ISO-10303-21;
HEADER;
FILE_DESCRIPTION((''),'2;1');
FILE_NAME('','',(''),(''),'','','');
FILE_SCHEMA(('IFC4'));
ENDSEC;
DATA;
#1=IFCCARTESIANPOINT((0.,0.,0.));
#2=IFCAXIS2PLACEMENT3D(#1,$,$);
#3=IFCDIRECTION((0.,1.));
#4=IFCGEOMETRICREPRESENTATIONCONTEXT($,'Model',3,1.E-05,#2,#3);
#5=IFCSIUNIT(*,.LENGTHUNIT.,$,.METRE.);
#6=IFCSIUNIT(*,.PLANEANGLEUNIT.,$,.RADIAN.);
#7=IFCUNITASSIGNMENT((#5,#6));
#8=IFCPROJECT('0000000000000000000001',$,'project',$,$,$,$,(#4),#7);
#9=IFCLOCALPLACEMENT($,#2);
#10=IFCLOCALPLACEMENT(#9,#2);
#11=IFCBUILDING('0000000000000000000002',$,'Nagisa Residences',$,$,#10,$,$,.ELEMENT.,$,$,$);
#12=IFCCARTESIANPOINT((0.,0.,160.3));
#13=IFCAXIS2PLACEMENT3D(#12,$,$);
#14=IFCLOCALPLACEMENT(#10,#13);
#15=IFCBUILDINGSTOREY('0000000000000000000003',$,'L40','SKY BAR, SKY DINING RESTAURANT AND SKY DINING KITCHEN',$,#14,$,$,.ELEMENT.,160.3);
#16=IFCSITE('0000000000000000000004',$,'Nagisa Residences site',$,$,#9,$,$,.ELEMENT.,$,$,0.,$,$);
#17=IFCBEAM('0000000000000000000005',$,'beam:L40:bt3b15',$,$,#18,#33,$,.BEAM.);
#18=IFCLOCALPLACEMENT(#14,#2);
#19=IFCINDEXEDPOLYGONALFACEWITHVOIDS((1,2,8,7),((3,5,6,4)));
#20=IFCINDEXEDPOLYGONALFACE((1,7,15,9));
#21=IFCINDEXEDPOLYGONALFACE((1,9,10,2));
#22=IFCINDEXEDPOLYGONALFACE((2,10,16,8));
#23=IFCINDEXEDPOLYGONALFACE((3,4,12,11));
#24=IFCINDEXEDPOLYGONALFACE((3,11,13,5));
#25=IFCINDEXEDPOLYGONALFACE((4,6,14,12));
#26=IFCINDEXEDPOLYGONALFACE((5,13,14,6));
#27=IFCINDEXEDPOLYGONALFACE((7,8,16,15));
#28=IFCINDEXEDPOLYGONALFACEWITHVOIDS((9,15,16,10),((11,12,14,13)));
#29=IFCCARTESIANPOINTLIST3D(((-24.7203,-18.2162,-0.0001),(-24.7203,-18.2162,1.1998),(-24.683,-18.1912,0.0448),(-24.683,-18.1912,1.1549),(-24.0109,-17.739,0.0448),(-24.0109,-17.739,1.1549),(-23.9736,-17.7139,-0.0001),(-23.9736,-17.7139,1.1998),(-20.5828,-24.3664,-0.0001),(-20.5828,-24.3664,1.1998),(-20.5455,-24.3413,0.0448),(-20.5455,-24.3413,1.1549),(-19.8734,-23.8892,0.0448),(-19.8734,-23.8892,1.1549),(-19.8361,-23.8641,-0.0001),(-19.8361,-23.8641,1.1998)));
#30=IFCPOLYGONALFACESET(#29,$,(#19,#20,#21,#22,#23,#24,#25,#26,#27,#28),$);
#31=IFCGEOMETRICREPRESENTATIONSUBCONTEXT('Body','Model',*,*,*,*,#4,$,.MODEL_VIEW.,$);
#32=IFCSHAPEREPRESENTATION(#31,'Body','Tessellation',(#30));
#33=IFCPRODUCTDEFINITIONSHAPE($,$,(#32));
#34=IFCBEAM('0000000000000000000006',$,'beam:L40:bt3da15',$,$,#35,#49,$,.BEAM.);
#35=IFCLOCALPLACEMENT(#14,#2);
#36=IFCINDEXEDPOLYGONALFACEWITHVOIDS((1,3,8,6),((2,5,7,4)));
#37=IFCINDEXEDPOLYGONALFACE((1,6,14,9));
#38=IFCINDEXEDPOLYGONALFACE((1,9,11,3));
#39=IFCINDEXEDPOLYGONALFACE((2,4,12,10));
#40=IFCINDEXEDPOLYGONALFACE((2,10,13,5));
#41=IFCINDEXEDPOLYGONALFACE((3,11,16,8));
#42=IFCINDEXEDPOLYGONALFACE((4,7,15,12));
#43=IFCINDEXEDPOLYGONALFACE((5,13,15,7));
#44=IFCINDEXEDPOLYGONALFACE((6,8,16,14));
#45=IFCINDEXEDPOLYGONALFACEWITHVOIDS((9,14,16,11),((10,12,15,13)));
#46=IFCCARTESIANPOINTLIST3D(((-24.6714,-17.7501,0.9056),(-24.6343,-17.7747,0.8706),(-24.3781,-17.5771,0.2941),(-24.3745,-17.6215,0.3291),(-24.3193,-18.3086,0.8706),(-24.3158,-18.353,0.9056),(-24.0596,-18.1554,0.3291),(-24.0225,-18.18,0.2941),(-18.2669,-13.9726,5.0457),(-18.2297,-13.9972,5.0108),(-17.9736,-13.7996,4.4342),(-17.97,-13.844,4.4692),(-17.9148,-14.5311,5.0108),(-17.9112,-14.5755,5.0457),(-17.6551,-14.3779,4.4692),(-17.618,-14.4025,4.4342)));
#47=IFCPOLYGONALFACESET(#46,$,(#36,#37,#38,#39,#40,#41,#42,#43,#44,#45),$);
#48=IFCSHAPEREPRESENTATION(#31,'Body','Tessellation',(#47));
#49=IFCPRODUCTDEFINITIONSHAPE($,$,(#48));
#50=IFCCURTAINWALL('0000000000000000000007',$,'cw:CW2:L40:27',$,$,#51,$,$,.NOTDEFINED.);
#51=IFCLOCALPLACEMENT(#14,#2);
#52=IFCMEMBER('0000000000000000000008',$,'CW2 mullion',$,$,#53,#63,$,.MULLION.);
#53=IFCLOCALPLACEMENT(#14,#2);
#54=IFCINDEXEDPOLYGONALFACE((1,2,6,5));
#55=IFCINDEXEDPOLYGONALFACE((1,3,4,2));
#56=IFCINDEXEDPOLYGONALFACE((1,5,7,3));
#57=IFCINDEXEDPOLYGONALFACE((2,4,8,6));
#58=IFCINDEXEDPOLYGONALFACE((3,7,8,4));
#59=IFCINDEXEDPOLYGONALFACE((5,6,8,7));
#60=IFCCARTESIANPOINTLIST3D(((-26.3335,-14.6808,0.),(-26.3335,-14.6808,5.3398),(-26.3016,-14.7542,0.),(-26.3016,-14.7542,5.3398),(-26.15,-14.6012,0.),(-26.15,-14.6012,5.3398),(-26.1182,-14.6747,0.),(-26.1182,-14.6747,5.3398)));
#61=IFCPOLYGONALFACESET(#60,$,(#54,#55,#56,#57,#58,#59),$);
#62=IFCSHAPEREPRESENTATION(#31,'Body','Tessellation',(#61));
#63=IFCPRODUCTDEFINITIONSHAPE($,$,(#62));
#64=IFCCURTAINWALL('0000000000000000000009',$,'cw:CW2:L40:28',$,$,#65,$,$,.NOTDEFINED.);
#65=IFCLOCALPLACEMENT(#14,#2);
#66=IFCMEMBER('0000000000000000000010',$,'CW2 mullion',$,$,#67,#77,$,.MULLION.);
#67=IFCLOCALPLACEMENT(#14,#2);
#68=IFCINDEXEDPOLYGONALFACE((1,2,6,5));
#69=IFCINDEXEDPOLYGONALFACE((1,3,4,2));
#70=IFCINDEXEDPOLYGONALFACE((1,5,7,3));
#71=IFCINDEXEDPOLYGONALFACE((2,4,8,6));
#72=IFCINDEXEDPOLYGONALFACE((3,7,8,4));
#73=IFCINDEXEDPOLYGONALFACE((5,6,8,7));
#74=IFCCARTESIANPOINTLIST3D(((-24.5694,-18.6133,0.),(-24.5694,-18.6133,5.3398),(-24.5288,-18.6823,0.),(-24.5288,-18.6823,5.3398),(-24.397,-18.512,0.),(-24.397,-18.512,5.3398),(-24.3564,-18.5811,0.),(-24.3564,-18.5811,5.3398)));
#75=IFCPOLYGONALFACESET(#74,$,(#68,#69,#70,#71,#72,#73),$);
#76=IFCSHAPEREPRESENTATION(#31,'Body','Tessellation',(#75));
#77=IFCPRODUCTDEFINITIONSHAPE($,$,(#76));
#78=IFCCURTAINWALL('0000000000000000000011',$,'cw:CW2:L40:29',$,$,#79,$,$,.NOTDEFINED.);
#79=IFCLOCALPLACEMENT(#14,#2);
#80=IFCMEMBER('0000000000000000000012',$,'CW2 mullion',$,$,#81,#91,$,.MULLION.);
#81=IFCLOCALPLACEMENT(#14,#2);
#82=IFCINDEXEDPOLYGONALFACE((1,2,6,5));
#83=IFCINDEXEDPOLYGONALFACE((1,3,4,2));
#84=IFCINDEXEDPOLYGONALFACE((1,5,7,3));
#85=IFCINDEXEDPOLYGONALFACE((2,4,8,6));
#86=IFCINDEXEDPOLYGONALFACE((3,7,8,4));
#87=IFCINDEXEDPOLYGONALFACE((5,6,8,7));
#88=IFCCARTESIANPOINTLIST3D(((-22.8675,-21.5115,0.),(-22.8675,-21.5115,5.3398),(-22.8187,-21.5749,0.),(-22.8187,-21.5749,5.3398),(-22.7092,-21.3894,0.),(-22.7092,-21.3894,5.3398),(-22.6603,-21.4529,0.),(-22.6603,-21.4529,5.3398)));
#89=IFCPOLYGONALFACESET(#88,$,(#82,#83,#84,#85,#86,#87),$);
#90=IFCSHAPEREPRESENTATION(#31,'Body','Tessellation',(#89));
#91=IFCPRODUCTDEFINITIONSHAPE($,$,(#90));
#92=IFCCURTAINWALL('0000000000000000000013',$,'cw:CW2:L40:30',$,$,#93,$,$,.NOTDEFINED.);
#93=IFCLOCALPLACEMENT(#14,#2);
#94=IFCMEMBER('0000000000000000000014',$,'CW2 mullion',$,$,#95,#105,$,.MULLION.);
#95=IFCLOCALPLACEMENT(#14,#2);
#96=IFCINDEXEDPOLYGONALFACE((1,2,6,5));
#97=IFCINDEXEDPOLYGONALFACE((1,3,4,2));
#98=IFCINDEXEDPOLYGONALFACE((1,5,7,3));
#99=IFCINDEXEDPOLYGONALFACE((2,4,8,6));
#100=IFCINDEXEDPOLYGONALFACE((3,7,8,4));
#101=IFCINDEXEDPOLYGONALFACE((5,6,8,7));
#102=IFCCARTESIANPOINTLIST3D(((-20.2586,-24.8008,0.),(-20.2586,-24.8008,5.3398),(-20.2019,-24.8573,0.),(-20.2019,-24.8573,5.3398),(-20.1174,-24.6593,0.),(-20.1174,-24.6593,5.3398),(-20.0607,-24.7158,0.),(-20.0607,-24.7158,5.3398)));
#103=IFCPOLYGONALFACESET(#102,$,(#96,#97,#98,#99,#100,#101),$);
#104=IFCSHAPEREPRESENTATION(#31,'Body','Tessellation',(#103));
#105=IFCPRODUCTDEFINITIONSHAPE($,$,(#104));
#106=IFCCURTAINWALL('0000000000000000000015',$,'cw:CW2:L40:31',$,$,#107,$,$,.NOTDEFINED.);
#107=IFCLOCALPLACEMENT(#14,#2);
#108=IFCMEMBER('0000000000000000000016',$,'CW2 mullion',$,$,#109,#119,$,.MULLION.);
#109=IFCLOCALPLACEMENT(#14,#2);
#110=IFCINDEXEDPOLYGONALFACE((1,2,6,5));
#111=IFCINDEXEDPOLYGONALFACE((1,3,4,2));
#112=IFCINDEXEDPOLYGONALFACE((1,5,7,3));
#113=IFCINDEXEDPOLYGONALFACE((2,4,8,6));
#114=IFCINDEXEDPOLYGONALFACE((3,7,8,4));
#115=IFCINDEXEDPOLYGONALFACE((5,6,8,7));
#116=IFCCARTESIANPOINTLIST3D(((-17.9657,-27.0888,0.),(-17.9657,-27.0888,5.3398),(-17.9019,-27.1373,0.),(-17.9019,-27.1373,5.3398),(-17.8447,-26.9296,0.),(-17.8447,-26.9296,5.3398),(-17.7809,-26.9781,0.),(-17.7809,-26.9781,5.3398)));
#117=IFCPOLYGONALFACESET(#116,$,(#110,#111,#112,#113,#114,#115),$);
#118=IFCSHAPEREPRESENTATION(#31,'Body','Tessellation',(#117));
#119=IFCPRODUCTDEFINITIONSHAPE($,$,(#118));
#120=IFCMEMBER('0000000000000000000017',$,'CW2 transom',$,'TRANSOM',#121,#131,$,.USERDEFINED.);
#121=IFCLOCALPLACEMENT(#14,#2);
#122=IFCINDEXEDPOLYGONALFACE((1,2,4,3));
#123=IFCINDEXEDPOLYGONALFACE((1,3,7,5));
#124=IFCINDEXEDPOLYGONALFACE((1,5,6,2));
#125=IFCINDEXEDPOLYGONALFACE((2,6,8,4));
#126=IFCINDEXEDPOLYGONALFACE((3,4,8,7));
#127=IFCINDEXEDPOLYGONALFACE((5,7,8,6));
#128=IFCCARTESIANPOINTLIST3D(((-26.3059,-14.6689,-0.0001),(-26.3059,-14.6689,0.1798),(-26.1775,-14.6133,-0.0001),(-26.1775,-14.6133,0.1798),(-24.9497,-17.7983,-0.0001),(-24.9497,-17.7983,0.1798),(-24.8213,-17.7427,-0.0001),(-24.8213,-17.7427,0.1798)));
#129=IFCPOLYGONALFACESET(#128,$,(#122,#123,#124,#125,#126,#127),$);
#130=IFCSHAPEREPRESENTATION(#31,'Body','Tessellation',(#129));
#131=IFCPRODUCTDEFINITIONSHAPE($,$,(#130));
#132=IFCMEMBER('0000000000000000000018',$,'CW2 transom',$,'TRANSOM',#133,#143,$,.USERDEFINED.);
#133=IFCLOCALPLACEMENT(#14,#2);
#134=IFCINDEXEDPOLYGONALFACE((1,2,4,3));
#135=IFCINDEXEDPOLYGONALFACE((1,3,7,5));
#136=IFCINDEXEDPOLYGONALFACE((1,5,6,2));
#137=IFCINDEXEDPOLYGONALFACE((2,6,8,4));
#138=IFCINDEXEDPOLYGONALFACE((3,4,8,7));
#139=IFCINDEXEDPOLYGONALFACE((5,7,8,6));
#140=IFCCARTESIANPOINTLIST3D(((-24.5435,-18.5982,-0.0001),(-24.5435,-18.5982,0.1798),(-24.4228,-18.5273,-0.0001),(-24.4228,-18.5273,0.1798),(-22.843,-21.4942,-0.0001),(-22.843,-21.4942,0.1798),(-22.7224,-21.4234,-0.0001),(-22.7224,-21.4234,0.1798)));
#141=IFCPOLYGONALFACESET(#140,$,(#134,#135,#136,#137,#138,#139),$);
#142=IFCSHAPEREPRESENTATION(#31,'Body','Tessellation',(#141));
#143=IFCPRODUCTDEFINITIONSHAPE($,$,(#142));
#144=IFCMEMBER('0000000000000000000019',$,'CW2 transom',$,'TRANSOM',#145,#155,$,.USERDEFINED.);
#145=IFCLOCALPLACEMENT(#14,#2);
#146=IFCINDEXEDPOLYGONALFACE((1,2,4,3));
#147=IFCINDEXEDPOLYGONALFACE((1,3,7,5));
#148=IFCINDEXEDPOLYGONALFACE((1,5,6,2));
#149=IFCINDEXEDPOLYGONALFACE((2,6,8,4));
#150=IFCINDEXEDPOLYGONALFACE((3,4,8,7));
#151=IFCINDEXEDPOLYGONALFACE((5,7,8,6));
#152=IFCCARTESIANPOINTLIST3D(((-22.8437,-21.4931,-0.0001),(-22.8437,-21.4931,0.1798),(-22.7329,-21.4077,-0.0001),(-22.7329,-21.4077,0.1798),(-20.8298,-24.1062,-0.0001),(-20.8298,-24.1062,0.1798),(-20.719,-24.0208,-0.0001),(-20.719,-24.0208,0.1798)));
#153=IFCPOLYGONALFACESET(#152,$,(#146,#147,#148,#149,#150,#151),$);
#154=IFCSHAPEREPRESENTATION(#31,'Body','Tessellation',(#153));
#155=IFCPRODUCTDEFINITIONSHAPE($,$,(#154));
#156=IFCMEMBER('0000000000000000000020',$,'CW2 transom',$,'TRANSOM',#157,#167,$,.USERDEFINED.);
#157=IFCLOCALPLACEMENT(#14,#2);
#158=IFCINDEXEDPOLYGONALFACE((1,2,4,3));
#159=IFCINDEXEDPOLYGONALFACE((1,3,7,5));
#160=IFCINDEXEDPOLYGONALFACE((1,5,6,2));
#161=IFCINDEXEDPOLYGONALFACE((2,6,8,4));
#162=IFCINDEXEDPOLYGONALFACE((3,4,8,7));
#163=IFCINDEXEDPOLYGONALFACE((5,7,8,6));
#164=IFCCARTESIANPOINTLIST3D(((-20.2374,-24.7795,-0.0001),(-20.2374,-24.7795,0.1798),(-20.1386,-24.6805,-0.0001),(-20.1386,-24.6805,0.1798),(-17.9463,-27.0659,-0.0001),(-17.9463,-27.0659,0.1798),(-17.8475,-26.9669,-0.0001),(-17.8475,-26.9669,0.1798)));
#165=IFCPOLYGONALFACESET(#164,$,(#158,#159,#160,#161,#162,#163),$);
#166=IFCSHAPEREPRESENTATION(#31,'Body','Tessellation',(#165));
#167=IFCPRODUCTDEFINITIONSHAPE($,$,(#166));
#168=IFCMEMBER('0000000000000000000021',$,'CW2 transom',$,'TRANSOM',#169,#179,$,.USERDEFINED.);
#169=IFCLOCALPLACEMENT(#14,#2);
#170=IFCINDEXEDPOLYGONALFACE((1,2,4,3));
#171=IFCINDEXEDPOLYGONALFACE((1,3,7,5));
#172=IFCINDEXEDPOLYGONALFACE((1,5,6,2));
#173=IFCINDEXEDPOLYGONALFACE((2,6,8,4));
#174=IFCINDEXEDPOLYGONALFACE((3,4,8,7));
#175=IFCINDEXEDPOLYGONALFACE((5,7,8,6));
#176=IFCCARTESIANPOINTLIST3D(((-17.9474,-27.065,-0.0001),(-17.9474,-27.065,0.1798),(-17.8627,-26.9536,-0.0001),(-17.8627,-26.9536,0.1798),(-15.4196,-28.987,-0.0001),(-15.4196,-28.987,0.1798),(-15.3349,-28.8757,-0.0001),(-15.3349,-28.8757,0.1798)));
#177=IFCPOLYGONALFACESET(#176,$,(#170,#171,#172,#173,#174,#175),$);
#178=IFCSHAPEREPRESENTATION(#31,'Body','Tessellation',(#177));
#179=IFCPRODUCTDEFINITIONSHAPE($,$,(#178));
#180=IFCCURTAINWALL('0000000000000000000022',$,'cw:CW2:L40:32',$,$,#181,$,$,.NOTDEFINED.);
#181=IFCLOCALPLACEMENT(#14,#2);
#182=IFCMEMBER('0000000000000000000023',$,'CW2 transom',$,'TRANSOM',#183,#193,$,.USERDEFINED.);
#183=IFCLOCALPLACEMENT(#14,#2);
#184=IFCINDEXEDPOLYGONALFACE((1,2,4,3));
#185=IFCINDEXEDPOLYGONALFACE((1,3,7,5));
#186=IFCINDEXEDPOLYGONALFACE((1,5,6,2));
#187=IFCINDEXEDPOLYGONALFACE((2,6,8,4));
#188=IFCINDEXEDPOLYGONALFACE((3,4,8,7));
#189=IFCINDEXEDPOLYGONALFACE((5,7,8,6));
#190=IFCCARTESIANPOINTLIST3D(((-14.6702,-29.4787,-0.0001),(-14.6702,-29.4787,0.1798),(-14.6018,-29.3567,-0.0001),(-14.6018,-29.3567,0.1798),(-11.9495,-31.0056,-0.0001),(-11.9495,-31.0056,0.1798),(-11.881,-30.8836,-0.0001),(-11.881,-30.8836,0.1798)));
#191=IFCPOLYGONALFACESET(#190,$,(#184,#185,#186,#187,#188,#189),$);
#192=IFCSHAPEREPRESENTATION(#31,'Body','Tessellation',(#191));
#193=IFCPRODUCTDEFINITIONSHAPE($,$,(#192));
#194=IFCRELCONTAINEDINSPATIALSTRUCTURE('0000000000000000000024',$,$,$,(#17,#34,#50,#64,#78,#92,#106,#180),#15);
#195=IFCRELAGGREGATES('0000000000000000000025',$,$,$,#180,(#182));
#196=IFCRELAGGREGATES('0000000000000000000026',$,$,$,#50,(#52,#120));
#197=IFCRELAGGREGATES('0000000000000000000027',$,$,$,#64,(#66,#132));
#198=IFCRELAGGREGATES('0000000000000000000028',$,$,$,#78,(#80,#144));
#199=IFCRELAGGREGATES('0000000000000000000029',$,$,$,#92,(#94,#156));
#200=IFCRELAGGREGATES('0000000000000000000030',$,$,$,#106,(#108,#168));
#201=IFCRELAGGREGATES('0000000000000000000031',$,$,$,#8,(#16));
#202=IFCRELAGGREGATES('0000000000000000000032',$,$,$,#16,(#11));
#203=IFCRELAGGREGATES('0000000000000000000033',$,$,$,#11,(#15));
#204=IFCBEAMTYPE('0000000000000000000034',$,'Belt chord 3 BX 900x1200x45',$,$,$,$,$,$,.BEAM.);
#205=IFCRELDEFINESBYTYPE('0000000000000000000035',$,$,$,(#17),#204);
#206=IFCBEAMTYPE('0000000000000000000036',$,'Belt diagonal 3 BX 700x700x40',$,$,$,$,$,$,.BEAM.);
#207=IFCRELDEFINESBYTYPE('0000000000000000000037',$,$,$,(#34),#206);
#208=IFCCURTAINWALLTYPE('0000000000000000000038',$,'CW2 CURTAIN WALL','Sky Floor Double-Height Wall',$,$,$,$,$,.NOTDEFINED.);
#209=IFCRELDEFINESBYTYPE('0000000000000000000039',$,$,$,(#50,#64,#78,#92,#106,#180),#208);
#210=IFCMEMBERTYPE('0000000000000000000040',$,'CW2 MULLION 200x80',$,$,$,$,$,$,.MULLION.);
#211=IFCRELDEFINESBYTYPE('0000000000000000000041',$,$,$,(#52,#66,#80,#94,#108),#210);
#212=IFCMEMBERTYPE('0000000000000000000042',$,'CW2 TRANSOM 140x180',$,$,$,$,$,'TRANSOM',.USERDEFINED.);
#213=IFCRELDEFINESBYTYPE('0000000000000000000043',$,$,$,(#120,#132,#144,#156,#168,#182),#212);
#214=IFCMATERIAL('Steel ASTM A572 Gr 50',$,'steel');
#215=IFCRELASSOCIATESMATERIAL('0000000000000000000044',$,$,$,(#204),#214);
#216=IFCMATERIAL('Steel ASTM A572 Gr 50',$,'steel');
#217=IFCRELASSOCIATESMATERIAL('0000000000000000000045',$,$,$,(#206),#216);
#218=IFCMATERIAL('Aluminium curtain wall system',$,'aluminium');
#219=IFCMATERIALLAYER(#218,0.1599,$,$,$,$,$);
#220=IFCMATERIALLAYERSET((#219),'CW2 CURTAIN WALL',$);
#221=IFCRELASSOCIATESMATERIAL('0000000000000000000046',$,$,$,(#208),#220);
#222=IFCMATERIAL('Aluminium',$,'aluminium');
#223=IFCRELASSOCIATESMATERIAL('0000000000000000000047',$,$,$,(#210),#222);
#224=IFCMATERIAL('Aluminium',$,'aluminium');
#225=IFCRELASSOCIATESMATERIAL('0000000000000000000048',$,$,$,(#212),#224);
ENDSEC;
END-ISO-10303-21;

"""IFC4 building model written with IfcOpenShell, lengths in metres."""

from ifc_helpers import new_model, si_unit, direction, frame, origin, origin_2d, place, context, subcontext, project, spatial, rectangle, hollow_rectangle, extrude, material, layer, layer_set, material_profile, profile_set, type_object, element, aggregate, save


model = new_model("IFC4")

# Units and contexts
model_context = context("Model", 3, precision=1e-05, world=origin(), true_north=direction((0.0, 1.0)))
body_context = subcontext(model_context, "Body", "Model", "MODEL_VIEW")
ifc_project = project(units=[si_unit("LENGTHUNIT", "METRE"), si_unit("PLANEANGLEUNIT", "RADIAN")], contexts=[model_context])

# Site, building, storey
site_placement = place(None, origin())
site = spatial("IfcSite", under=ifc_project, at=site_placement, Name="Nagisa Residences site", CompositionType="ELEMENT", RefElevation=0.0)
building_placement = place(site_placement, origin())
building = spatial("IfcBuilding", under=site, at=building_placement, Name="Nagisa Residences", CompositionType="ELEMENT")
storey_placement = place(building_placement, frame((0.0, 0.0, 160.3)))
storey = spatial("IfcBuildingStorey", under=building, at=storey_placement, Name="L40", Description="SKY BAR, SKY DINING RESTAURANT AND SKY DINING KITCHEN", CompositionType="ELEMENT", Elevation=160.3)

# Beams
ifc_material_1 = material(Name="Steel ASTM A572 Gr 50", Category="steel")
ifc_material_profile_1 = material_profile(ifc_material_1, hollow_rectangle(XDim=0.8999, YDim=1.2, WallThickness=0.0449, at=origin_2d()), Name="BX 900x1200x45")
ifc_profile_set_1 = profile_set([ifc_material_profile_1], Name="Steel ASTM A572 Gr 50")
beam_type_1 = type_object("IfcBeamType", Name="Belt chord 3 BX 900x1200x45", PredefinedType="BEAM", material=ifc_profile_set_1)
beam_1_placement = place(storey_placement, frame((-24.3469, -17.9651, 0.5999), z_axis=(0.558184, -0.829717, 0.0), x_axis=(0.829717, 0.558184, 0.0)))
element("IfcBeam", 1, at=beam_1_placement, inside=storey, type_object=beam_type_1, Name="beam:L40:bt3b15", PredefinedType="BEAM", context=body_context, shape_type="SweptSolid", body=[
    extrude(hollow_rectangle(XDim=0.8999, YDim=1.2, WallThickness=0.0449, at=origin_2d()), origin(), (0.0, 0.0, 1.0), 7.4124),
])
ifc_material_2 = material(Name="Steel ASTM A572 Gr 50", Category="steel")
ifc_material_profile_2 = material_profile(ifc_material_2, hollow_rectangle(XDim=0.7, YDim=0.7, WallThickness=0.04, at=origin_2d()), Name="BX 700x700x40")
ifc_profile_set_2 = profile_set([ifc_material_profile_2], Name="Steel ASTM A572 Gr 50")
beam_type_2 = type_object("IfcBeamType", Name="Belt diagonal 3 BX 700x700x40", PredefinedType="BEAM", material=ifc_profile_set_2)
beam_2_placement = place(storey_placement, frame((-24.3469, -17.9651, 0.5999), z_axis=(0.752544, 0.443872, 0.486472), x_axis=(-0.50804, 0.861333, 0.0)))
element("IfcBeam", 2, at=beam_2_placement, inside=storey, type_object=beam_type_2, Name="beam:L40:bt3da15", PredefinedType="BEAM", context=body_context, shape_type="SweptSolid", body=[
    extrude(hollow_rectangle(XDim=0.7, YDim=0.7, WallThickness=0.04, at=origin_2d()), origin(), (0.0, 0.0, 1.0), 8.5105),
])

# Curtain walls, members
ifc_material_3 = material(Name="Aluminium curtain wall system", Category="aluminium")
ifc_layer_1 = layer(ifc_material_3, 0.1599)
ifc_layer_set_1 = layer_set([ifc_layer_1], Name="CW2 CURTAIN WALL")
curtain_wall_type = type_object("IfcCurtainWallType", Name="CW2 CURTAIN WALL", Description="Sky Floor Double-Height Wall", PredefinedType="NOTDEFINED", material=ifc_layer_set_1)
curtain_wall_1_placement = place(storey_placement, origin())
curtain_wall_1 = element("IfcCurtainWall", 3, at=curtain_wall_1_placement, inside=storey, type_object=curtain_wall_type, Name="cw:CW2:L40:27", PredefinedType="NOTDEFINED")
ifc_material_4 = material(Name="Aluminium", Category="aluminium")
ifc_material_profile_3 = material_profile(ifc_material_4, rectangle(XDim=0.2, YDim=0.0801, at=origin_2d()), Name="CW2 MULLION 200x80")
ifc_profile_set_3 = profile_set([ifc_material_profile_3], Name="Aluminium")
member_type_1 = type_object("IfcMemberType", Name="CW2 MULLION 200x80", PredefinedType="MULLION", material=ifc_profile_set_3)
member_1_placement = place(storey_placement, frame((-26.2258, -14.6777, 0.0), z_axis=(0.0, 0.0, 1.0), x_axis=(0.917543, 0.397636, 0.0)))
member_1 = element("IfcMember", 4, at=member_1_placement, type_object=member_type_1, Name="CW2 mullion", PredefinedType="MULLION", context=body_context, shape_type="SweptSolid", body=[
    extrude(rectangle(XDim=0.2, YDim=0.0801, at=origin_2d()), origin(), (0.0, 0.0, 1.0), 5.3398),
])
curtain_wall_2_placement = place(storey_placement, origin())
curtain_wall_2 = element("IfcCurtainWall", 5, at=curtain_wall_2_placement, inside=storey, type_object=curtain_wall_type, Name="cw:CW2:L40:28", PredefinedType="NOTDEFINED")
member_2_placement = place(storey_placement, frame((-24.4629, -18.5972, 0.0), z_axis=(0.0, 0.0, 1.0), x_axis=(0.862329, 0.506349, 0.0)))
member_2 = element("IfcMember", 6, at=member_2_placement, type_object=member_type_1, Name="CW2 mullion", PredefinedType="MULLION", context=body_context, shape_type="SweptSolid", body=[
    extrude(rectangle(XDim=0.2, YDim=0.0801, at=origin_2d()), origin(), (0.0, 0.0, 1.0), 5.3398),
])
curtain_wall_3_placement = place(storey_placement, origin())
curtain_wall_3 = element("IfcCurtainWall", 7, at=curtain_wall_3_placement, inside=storey, type_object=curtain_wall_type, Name="cw:CW2:L40:29", PredefinedType="NOTDEFINED")
member_3_placement = place(storey_placement, frame((-22.7639, -21.4822, 0.0), z_axis=(0.0, 0.0, 1.0), x_axis=(0.79207, 0.61043, 0.0)))
member_3 = element("IfcMember", 8, at=member_3_placement, type_object=member_type_1, Name="CW2 mullion", PredefinedType="MULLION", context=body_context, shape_type="SweptSolid", body=[
    extrude(rectangle(XDim=0.2, YDim=0.0801, at=origin_2d()), origin(), (0.0, 0.0, 1.0), 5.3398),
])
curtain_wall_4_placement = place(storey_placement, origin())
curtain_wall_4 = element("IfcCurtainWall", 9, at=curtain_wall_4_placement, inside=storey, type_object=curtain_wall_type, Name="cw:CW2:L40:30", PredefinedType="NOTDEFINED")
member_4_placement = place(storey_placement, frame((-20.1597, -24.7583, 0.0), z_axis=(0.0, 0.0, 1.0), x_axis=(0.706377, 0.707836, 0.0)))
member_4 = element("IfcMember", 10, at=member_4_placement, type_object=member_type_1, Name="CW2 mullion", PredefinedType="MULLION", context=body_context, shape_type="SweptSolid", body=[
    extrude(rectangle(XDim=0.2, YDim=0.0801, at=origin_2d()), origin(), (0.0, 0.0, 1.0), 5.3398),
])
curtain_wall_5_placement = place(storey_placement, origin())
curtain_wall_5 = element("IfcCurtainWall", 11, at=curtain_wall_5_placement, inside=storey, type_object=curtain_wall_type, Name="cw:CW2:L40:31", PredefinedType="NOTDEFINED")
member_5_placement = place(storey_placement, frame((-17.8733, -27.0334, 0.0), z_axis=(0.0, 0.0, 1.0), x_axis=(0.605255, 0.796031, 0.0)))
member_5 = element("IfcMember", 12, at=member_5_placement, type_object=member_type_1, Name="CW2 mullion", PredefinedType="MULLION", context=body_context, shape_type="SweptSolid", body=[
    extrude(rectangle(XDim=0.2, YDim=0.0801, at=origin_2d()), origin(), (0.0, 0.0, 1.0), 5.3398),
])

# Members
ifc_material_5 = material(Name="Aluminium", Category="aluminium")
ifc_material_profile_4 = material_profile(ifc_material_5, rectangle(XDim=0.1399, YDim=0.1799, at=origin_2d()), Name="CW2 TRANSOM 140x180")
ifc_profile_set_4 = profile_set([ifc_material_profile_4], Name="Aluminium")
member_type_2 = type_object("IfcMemberType", Name="CW2 TRANSOM 140x180", ElementType="TRANSOM", PredefinedType="USERDEFINED", material=ifc_profile_set_4)
member_6_placement = place(storey_placement, frame((-26.2417, -14.6411, 0.0898), z_axis=(0.39764, -0.917542, 0.0), x_axis=(0.917542, 0.39764, 0.0)))
member_6 = element("IfcMember", 13, at=member_6_placement, type_object=member_type_2, Name="CW2 transom", ObjectType="TRANSOM", PredefinedType="USERDEFINED", context=body_context, shape_type="SweptSolid", body=[
    extrude(rectangle(XDim=0.1399, YDim=0.1799, at=origin_2d()), origin(), (0.0, 0.0, 1.0), 3.4106),
])
member_7_placement = place(storey_placement, frame((-24.4832, -18.5627, 0.0898), z_axis=(0.506337, -0.862336, 0.0), x_axis=(0.862336, 0.506337, 0.0)))
member_7 = element("IfcMember", 14, at=member_7_placement, type_object=member_type_2, Name="CW2 transom", ObjectType="TRANSOM", PredefinedType="USERDEFINED", context=body_context, shape_type="SweptSolid", body=[
    extrude(rectangle(XDim=0.1399, YDim=0.1799, at=origin_2d()), origin(), (0.0, 0.0, 1.0), 3.3584),
])
member_8_placement = place(storey_placement, frame((-22.7883, -21.4504, 0.0898), z_axis=(0.610451, -0.792054, 0.0), x_axis=(0.792054, 0.610451, 0.0)))
member_8 = element("IfcMember", 15, at=member_8_placement, type_object=member_type_2, Name="CW2 transom", ObjectType="TRANSOM", PredefinedType="USERDEFINED", context=body_context, shape_type="SweptSolid", body=[
    extrude(rectangle(XDim=0.1399, YDim=0.1799, at=origin_2d()), origin(), (0.0, 0.0, 1.0), 3.2991),
])
member_9_placement = place(storey_placement, frame((-20.188, -24.73, 0.0898), z_axis=(0.707823, -0.70639, 0.0), x_axis=(0.70639, 0.707823, 0.0)))
member_9 = element("IfcMember", 16, at=member_9_placement, type_object=member_type_2, Name="CW2 transom", ObjectType="TRANSOM", PredefinedType="USERDEFINED", context=body_context, shape_type="SweptSolid", body=[
    extrude(rectangle(XDim=0.1399, YDim=0.1799, at=origin_2d()), origin(), (0.0, 0.0, 1.0), 3.2368),
])
member_10_placement = place(storey_placement, frame((-17.905, -27.0093, 0.0898), z_axis=(0.796016, -0.605276, 0.0), x_axis=(0.605276, 0.796016, 0.0)))
member_10 = element("IfcMember", 17, at=member_10_placement, type_object=member_type_2, Name="CW2 transom", ObjectType="TRANSOM", PredefinedType="USERDEFINED", context=body_context, shape_type="SweptSolid", body=[
    extrude(rectangle(XDim=0.1399, YDim=0.1799, at=origin_2d()), origin(), (0.0, 0.0, 1.0), 3.1755),
])

# Curtain wall, member
curtain_wall_6_placement = place(storey_placement, origin())
curtain_wall_6 = element("IfcCurtainWall", 18, at=curtain_wall_6_placement, inside=storey, type_object=curtain_wall_type, Name="cw:CW2:L40:32", PredefinedType="NOTDEFINED")
member_11_placement = place(storey_placement, frame((-14.636, -29.4177, 0.0898), z_axis=(0.87206, -0.489399, 0.0), x_axis=(0.489399, 0.87206, 0.0)))
member_11 = element("IfcMember", 19, at=member_11_placement, type_object=member_type_2, Name="CW2 transom", ObjectType="TRANSOM", PredefinedType="USERDEFINED", context=body_context, shape_type="SweptSolid", body=[
    extrude(rectangle(XDim=0.1399, YDim=0.1799, at=origin_2d()), origin(), (0.0, 0.0, 1.0), 3.1199),
])
aggregate(curtain_wall_6, [member_11])

aggregate(curtain_wall_1, [member_1, member_6])
aggregate(curtain_wall_2, [member_2, member_7])
aggregate(curtain_wall_3, [member_3, member_8])
aggregate(curtain_wall_4, [member_4, member_9])
aggregate(curtain_wall_5, [member_5, member_10])

save(model, "model.ifc")
